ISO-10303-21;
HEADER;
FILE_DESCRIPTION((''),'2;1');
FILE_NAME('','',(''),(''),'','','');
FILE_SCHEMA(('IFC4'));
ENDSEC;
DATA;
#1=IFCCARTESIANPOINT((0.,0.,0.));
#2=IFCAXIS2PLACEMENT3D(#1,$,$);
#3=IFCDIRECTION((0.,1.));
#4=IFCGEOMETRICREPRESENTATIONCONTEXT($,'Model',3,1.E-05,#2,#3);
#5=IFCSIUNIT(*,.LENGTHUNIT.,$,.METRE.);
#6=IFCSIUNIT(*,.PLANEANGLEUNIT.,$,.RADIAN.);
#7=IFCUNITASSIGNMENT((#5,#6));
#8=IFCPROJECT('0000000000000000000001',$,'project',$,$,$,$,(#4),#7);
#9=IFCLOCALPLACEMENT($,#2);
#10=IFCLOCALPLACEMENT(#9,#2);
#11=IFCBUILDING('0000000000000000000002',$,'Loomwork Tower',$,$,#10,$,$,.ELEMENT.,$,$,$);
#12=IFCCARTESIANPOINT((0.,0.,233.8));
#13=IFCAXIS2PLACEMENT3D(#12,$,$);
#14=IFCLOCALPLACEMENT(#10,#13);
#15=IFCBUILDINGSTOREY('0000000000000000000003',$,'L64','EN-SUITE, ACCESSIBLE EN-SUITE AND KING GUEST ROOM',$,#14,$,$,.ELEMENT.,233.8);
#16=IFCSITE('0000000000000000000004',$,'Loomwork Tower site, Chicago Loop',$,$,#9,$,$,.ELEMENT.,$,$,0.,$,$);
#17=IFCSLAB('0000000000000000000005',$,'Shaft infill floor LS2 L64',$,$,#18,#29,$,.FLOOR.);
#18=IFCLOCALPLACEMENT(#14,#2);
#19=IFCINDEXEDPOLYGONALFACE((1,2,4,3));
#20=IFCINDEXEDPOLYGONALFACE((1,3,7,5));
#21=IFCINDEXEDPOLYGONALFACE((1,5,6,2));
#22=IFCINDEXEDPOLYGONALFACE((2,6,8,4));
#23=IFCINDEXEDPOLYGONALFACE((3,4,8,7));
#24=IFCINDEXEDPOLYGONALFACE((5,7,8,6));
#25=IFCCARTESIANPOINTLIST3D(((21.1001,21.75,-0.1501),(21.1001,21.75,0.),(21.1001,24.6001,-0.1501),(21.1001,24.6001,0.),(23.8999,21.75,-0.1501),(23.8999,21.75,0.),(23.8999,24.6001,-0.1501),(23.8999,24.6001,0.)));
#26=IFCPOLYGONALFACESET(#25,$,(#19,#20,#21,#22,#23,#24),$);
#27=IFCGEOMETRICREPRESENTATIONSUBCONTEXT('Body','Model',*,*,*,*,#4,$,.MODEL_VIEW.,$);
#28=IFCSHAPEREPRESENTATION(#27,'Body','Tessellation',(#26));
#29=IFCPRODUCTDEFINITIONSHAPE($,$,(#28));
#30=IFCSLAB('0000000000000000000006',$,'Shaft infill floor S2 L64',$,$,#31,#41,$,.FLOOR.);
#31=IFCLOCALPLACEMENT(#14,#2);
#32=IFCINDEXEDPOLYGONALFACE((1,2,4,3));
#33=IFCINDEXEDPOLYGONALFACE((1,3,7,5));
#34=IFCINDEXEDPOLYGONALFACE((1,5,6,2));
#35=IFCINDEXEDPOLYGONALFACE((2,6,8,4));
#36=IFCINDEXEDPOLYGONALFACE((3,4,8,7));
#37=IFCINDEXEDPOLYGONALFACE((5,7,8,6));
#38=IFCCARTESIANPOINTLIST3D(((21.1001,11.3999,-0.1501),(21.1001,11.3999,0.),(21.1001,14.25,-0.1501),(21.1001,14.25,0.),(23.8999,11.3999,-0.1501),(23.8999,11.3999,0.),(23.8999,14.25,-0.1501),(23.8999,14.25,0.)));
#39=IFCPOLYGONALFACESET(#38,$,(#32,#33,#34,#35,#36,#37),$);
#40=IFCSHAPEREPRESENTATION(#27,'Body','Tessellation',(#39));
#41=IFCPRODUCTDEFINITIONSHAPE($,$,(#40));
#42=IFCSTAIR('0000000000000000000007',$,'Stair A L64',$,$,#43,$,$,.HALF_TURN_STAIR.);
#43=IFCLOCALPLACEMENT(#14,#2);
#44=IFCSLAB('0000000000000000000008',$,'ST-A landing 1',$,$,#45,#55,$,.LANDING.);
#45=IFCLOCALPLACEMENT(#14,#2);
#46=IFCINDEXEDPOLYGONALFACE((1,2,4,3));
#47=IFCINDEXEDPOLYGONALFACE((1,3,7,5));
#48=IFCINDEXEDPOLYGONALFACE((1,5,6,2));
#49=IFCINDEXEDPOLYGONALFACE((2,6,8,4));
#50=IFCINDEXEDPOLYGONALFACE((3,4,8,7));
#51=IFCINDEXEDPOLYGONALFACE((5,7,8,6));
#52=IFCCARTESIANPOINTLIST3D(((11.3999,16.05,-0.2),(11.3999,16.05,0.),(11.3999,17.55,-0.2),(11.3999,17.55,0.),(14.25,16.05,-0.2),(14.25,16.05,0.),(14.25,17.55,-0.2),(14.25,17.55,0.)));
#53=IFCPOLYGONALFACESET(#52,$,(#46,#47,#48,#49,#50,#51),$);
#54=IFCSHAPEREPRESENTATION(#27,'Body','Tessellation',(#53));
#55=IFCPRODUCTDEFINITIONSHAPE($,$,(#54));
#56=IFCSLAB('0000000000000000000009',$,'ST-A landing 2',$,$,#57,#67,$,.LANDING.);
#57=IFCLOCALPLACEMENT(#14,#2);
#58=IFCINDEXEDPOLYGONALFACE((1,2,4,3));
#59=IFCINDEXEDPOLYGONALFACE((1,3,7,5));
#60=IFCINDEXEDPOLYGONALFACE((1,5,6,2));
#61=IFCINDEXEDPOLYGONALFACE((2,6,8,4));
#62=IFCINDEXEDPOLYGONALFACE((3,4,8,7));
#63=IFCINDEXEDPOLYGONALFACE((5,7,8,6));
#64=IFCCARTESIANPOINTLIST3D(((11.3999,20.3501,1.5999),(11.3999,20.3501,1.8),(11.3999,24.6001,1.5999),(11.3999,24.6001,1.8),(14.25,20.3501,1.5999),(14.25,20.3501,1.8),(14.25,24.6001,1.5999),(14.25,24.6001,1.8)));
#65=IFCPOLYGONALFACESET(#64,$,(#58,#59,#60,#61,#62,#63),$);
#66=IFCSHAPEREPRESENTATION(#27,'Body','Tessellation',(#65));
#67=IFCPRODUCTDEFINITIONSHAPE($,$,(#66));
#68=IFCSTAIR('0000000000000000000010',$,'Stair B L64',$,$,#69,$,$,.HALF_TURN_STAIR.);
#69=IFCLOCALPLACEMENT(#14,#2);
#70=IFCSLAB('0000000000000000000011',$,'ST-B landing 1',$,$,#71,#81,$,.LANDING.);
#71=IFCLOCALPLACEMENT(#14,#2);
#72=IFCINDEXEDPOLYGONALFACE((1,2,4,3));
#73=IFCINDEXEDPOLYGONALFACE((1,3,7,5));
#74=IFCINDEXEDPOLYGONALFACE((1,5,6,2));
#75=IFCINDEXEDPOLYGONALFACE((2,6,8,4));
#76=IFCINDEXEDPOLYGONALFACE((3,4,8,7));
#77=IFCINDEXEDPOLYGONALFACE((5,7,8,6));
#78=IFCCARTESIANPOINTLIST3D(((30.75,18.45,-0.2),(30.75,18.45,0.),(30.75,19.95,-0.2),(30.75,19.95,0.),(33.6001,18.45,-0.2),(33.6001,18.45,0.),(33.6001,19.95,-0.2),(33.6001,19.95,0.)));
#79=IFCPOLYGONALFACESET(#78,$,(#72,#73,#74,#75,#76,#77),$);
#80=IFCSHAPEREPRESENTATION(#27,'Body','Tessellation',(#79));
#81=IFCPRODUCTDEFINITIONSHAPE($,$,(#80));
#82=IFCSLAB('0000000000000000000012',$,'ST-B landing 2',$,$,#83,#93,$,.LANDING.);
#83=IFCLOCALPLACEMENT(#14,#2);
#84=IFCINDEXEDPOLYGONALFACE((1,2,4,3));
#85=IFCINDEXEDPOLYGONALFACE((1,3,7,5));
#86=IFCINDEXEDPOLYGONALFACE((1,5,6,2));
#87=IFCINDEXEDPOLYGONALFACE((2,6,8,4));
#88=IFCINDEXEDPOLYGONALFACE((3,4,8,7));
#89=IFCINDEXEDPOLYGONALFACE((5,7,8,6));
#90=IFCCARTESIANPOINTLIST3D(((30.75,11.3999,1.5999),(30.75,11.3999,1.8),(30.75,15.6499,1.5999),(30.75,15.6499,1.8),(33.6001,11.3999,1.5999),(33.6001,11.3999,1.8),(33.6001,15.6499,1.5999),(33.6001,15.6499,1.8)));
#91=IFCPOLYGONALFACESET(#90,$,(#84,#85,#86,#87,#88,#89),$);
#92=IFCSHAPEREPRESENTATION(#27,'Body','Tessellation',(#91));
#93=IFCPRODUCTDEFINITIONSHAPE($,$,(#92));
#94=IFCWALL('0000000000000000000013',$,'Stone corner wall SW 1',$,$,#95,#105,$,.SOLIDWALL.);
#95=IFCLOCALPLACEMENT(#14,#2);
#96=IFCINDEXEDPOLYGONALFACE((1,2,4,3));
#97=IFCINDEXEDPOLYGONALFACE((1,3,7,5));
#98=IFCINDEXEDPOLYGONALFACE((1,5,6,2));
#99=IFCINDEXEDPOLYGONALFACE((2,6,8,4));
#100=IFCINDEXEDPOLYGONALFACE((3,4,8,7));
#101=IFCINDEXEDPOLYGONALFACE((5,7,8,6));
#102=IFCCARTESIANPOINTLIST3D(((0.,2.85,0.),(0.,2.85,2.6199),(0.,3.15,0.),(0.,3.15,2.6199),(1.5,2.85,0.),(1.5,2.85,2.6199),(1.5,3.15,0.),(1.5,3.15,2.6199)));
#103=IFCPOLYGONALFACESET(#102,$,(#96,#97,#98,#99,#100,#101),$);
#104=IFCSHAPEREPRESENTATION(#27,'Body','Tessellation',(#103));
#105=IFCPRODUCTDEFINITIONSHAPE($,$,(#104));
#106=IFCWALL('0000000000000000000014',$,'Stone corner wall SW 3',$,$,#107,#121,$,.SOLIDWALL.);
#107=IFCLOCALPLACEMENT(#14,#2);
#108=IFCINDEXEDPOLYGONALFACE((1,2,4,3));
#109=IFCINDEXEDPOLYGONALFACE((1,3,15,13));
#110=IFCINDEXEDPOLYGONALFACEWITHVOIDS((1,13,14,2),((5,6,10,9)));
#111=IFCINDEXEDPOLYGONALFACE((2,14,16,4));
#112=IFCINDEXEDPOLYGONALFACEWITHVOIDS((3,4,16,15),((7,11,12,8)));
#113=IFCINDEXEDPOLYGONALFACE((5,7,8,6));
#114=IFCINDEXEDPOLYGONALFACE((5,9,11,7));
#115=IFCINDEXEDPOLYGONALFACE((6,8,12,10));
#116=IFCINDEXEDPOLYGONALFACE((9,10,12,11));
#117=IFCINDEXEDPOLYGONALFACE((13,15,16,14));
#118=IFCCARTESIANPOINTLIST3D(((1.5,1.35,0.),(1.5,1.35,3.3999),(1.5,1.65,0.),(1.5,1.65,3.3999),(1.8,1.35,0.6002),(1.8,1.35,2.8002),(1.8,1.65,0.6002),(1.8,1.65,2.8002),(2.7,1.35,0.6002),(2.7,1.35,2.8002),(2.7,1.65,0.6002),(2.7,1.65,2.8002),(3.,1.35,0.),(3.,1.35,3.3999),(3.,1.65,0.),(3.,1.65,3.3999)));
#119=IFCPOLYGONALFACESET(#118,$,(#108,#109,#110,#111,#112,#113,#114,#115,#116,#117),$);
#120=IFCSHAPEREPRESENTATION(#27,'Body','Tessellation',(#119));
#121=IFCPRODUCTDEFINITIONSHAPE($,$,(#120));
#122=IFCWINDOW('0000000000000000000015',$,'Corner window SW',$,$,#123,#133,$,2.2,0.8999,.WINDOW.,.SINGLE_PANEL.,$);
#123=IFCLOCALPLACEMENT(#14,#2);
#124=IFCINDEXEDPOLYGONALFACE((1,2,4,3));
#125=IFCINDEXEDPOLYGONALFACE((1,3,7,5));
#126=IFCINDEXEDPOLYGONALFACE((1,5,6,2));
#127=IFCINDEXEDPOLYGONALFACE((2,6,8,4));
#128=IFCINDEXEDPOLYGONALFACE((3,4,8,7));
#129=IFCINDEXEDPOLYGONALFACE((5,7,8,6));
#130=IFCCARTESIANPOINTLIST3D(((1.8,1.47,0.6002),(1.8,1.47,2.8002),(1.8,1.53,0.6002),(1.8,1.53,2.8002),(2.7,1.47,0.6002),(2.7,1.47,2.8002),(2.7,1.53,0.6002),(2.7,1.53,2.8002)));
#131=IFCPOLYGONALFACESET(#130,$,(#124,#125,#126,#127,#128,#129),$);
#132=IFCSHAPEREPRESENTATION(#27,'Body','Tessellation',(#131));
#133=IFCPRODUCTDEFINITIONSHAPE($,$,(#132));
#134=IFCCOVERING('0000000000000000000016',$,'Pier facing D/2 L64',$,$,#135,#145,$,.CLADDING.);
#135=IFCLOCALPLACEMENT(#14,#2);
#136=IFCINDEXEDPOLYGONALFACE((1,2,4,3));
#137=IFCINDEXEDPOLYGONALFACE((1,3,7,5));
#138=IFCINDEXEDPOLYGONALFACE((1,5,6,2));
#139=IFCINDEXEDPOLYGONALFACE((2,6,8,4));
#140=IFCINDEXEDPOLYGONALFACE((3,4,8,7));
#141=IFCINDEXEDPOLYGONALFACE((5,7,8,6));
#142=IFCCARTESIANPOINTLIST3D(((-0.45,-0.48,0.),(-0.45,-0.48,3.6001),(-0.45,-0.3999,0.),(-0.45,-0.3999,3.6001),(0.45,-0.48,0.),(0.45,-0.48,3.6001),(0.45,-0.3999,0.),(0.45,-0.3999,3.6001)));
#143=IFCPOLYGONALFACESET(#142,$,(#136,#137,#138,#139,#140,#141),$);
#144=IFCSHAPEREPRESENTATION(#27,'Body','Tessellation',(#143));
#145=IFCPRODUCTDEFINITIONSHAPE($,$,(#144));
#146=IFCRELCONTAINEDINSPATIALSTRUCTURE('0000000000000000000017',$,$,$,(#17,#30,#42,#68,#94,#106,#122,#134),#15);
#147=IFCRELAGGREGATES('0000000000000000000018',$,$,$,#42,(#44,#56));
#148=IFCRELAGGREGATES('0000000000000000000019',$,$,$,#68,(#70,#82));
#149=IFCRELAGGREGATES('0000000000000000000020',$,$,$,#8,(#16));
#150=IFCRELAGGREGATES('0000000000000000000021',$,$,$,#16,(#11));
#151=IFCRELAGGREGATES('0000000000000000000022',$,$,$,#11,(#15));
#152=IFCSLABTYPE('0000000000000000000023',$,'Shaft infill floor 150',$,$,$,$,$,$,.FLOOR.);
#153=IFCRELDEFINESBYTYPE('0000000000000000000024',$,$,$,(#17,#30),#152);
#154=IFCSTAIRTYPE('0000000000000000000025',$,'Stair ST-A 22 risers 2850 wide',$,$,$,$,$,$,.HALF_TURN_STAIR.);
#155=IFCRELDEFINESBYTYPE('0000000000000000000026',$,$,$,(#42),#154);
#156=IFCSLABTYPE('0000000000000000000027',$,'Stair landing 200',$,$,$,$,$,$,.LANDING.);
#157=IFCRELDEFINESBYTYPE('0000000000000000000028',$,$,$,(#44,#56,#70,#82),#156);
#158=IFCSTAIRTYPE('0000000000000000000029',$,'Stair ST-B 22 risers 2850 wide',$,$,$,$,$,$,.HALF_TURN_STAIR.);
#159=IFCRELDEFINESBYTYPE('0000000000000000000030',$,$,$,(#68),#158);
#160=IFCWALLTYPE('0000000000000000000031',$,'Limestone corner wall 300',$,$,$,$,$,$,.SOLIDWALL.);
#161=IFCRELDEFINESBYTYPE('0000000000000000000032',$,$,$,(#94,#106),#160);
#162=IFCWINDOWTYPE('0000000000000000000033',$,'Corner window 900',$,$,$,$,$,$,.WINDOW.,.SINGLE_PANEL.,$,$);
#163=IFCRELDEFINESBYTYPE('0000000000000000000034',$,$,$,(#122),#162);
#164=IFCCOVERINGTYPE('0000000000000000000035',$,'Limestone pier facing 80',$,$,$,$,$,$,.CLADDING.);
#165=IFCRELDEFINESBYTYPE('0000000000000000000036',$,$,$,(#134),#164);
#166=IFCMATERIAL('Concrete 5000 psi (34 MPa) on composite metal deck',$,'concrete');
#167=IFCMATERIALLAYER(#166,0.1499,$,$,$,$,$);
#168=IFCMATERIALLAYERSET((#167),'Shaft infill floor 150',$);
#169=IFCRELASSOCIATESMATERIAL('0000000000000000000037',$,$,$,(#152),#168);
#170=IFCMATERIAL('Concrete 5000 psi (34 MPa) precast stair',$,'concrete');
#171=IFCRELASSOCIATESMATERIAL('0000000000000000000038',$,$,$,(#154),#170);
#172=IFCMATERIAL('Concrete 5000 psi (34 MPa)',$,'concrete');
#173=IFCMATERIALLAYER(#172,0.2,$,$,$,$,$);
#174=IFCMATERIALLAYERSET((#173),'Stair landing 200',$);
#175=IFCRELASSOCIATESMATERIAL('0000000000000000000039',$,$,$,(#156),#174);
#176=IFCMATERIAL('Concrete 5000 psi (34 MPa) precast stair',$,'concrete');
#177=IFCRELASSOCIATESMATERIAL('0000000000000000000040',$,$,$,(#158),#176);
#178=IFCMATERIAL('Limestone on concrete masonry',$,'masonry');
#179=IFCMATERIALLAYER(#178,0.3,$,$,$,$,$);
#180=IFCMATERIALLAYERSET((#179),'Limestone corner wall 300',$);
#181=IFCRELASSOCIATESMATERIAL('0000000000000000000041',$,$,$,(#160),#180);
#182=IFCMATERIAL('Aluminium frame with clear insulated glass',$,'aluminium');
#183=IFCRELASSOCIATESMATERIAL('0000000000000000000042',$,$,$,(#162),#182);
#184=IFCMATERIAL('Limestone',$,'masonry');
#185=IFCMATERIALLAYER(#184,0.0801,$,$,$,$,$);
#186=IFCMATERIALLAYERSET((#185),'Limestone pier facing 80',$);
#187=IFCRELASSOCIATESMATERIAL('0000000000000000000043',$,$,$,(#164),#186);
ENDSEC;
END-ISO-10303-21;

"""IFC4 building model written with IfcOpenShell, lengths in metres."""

from ifc_helpers import new_model, si_unit, direction, frame, frame_2d, origin, origin_2d, place, context, subcontext, project, spatial, polyline, rectangle, outline, extrude, material, layer, layer_set, type_object, element, fill, aggregate, save


model = new_model("IFC4")

# Units and contexts
model_context = context("Model", 3, precision=1e-05, world=origin(), true_north=direction((0.0, 1.0)))
body_context = subcontext(model_context, "Body", "Model", "MODEL_VIEW")
ifc_project = project(units=[si_unit("LENGTHUNIT", "METRE"), si_unit("PLANEANGLEUNIT", "RADIAN")], contexts=[model_context])

# Site, building, storey
site_placement = place(None, origin())
site = spatial("IfcSite", under=ifc_project, at=site_placement, Name="Loomwork Tower site, Chicago Loop", CompositionType="ELEMENT", RefElevation=0.0)
building_placement = place(site_placement, origin())
building = spatial("IfcBuilding", under=site, at=building_placement, Name="Loomwork Tower", CompositionType="ELEMENT")
storey_placement = place(building_placement, frame((0.0, 0.0, 233.8)))
storey = spatial("IfcBuildingStorey", under=building, at=storey_placement, Name="L64", Description="EN-SUITE, ACCESSIBLE EN-SUITE AND KING GUEST ROOM", CompositionType="ELEMENT", Elevation=233.8)

# Slabs
ifc_material_1 = material(Name="Concrete 5000 psi (34 MPa) on composite metal deck", Category="concrete")
ifc_layer_1 = layer(ifc_material_1, 0.1499)
ifc_layer_set_1 = layer_set([ifc_layer_1], Name="Shaft infill floor 150")
slab_type_1 = type_object("IfcSlabType", Name="Shaft infill floor 150", PredefinedType="FLOOR", material=ifc_layer_set_1)
slab_1_placement = place(storey_placement, frame((0.0, 0.0, -0.1501)))
element("IfcSlab", 1, at=slab_1_placement, inside=storey, type_object=slab_type_1, Name="Shaft infill floor LS2 L64", PredefinedType="FLOOR", context=body_context, shape_type="SweptSolid", body=[
    extrude(outline(polyline([(21.1001, 21.75), (23.8999, 21.75), (23.8999, 24.6001), (21.1001, 24.6001), (21.1001, 21.75)])), origin(), (0.0, 0.0, 1.0), 0.1501),
])
slab_2_placement = place(storey_placement, frame((0.0, 0.0, -0.1501)))
element("IfcSlab", 2, at=slab_2_placement, inside=storey, type_object=slab_type_1, Name="Shaft infill floor S2 L64", PredefinedType="FLOOR", context=body_context, shape_type="SweptSolid", body=[
    extrude(outline(polyline([(21.1001, 11.3999), (23.8999, 11.3999), (23.8999, 14.25), (21.1001, 14.25), (21.1001, 11.3999)])), origin(), (0.0, 0.0, 1.0), 0.1501),
])

# Stairs, slabs
ifc_material_2 = material(Name="Concrete 5000 psi (34 MPa) precast stair", Category="concrete")
stair_type_1 = type_object("IfcStairType", Name="Stair ST-A 22 risers 2850 wide", PredefinedType="HALF_TURN_STAIR", material=ifc_material_2)
stair_1_placement = place(storey_placement, origin())
stair_1 = element("IfcStair", 3, at=stair_1_placement, inside=storey, type_object=stair_type_1, Name="Stair A L64", PredefinedType="HALF_TURN_STAIR")
ifc_material_3 = material(Name="Concrete 5000 psi (34 MPa)", Category="concrete")
ifc_layer_2 = layer(ifc_material_3, 0.2)
ifc_layer_set_2 = layer_set([ifc_layer_2], Name="Stair landing 200")
slab_type_2 = type_object("IfcSlabType", Name="Stair landing 200", PredefinedType="LANDING", material=ifc_layer_set_2)
slab_3_placement = place(storey_placement, frame((0.0, 0.0, -0.2)))
slab_3 = element("IfcSlab", 4, at=slab_3_placement, type_object=slab_type_2, Name="ST-A landing 1", PredefinedType="LANDING", context=body_context, shape_type="SweptSolid", body=[
    extrude(outline(polyline([(11.3999, 16.05), (14.25, 16.05), (14.25, 17.55), (11.3999, 17.55), (11.3999, 16.05)])), origin(), (0.0, 0.0, 1.0), 0.2),
])
slab_4_placement = place(storey_placement, frame((0.0, 0.0, 1.5999)))
slab_4 = element("IfcSlab", 5, at=slab_4_placement, type_object=slab_type_2, Name="ST-A landing 2", PredefinedType="LANDING", context=body_context, shape_type="SweptSolid", body=[
    extrude(outline(polyline([(11.3999, 20.3501), (14.25, 20.3501), (14.25, 24.6001), (11.3999, 24.6001), (11.3999, 20.3501)])), origin(), (0.0, 0.0, 1.0), 0.2002),
])
aggregate(stair_1, [slab_3, slab_4])
ifc_material_4 = material(Name="Concrete 5000 psi (34 MPa) precast stair", Category="concrete")
stair_type_2 = type_object("IfcStairType", Name="Stair ST-B 22 risers 2850 wide", PredefinedType="HALF_TURN_STAIR", material=ifc_material_4)
stair_2_placement = place(storey_placement, origin())
stair_2 = element("IfcStair", 6, at=stair_2_placement, inside=storey, type_object=stair_type_2, Name="Stair B L64", PredefinedType="HALF_TURN_STAIR")
slab_5_placement = place(storey_placement, frame((0.0, 0.0, -0.2)))
slab_5 = element("IfcSlab", 7, at=slab_5_placement, type_object=slab_type_2, Name="ST-B landing 1", PredefinedType="LANDING", context=body_context, shape_type="SweptSolid", body=[
    extrude(outline(polyline([(30.75, 18.45), (33.6001, 18.45), (33.6001, 19.95), (30.75, 19.95), (30.75, 18.45)])), origin(), (0.0, 0.0, 1.0), 0.2),
])
slab_6_placement = place(storey_placement, frame((0.0, 0.0, 1.5999)))
slab_6 = element("IfcSlab", 8, at=slab_6_placement, type_object=slab_type_2, Name="ST-B landing 2", PredefinedType="LANDING", context=body_context, shape_type="SweptSolid", body=[
    extrude(outline(polyline([(30.75, 11.3999), (33.6001, 11.3999), (33.6001, 15.6499), (30.75, 15.6499), (30.75, 11.3999)])), origin(), (0.0, 0.0, 1.0), 0.2002),
])
aggregate(stair_2, [slab_5, slab_6])

# Wall
ifc_material_5 = material(Name="Limestone on concrete masonry", Category="masonry")
ifc_layer_3 = layer(ifc_material_5, 0.3)
ifc_layer_set_3 = layer_set([ifc_layer_3], Name="Limestone corner wall 300")
wall_type = type_object("IfcWallType", Name="Limestone corner wall 300", PredefinedType="SOLIDWALL", material=ifc_layer_set_3)
wall_1_placement = place(storey_placement, frame((0.0, 3.0, 0.0), z_axis=(0.0, 0.0, 1.0), x_axis=(1.0, 0.0, 0.0)))
element("IfcWall", 9, at=wall_1_placement, inside=storey, type_object=wall_type, Name="Stone corner wall SW 1", PredefinedType="SOLIDWALL", context=body_context, shape_type="SweptSolid", body=[
    extrude(rectangle(XDim=1.5, YDim=0.3, at=frame_2d((0.75, 0.0))), origin(), (0.0, 0.0, 1.0), 2.6199),
])

# Wall, opening, window
wall_2_placement = place(storey_placement, frame((1.5, 1.5, 0.0), z_axis=(0.0, 0.0, 1.0), x_axis=(1.0, 0.0, 0.0)))
wall_2 = element("IfcWall", 10, at=wall_2_placement, inside=storey, type_object=wall_type, Name="Stone corner wall SW 3", PredefinedType="SOLIDWALL", context=body_context, shape_type="SweptSolid", body=[
    extrude(rectangle(XDim=1.5, YDim=0.3, at=frame_2d((0.75, 0.0))), origin(), (0.0, 0.0, 1.0), 3.3999),
])
opening_placement = place(wall_2_placement, frame((0.3, 0.0, 0.6001)))
opening = element("IfcOpeningElement", 11, at=opening_placement, cuts=wall_2, PredefinedType="OPENING", context=body_context, shape_type="SweptSolid", body=[
    extrude(rectangle(XDim=0.8999, YDim=2.2, at=frame_2d((0.45, 1.1001))), frame((0.0, 0.1599, 0.0), z_axis=(0.0, -1.0, 0.0), x_axis=(1.0, 0.0, 0.0)), (0.0, 0.0, 1.0), 0.3201),
])
ifc_material_6 = material(Name="Aluminium frame with clear insulated glass", Category="aluminium")
window_type = type_object("IfcWindowType", Name="Corner window 900", PartitioningType="SINGLE_PANEL", PredefinedType="WINDOW", material=ifc_material_6)
window_placement = place(opening_placement, origin())
window = element("IfcWindow", 12, at=window_placement, inside=storey, type_object=window_type, Name="Corner window SW", OverallHeight=2.2, OverallWidth=0.8999, PartitioningType="SINGLE_PANEL", PredefinedType="WINDOW", context=body_context, shape_type="SweptSolid", body=[
    extrude(rectangle(XDim=0.8999, YDim=2.2, at=frame_2d((0.45, 1.1001))), frame((0.0, 0.03, 0.0), z_axis=(0.0, -1.0, 0.0), x_axis=(1.0, 0.0, 0.0)), (0.0, 0.0, 1.0), 0.0601),
])
fill(opening, window)

# Covering
ifc_material_7 = material(Name="Limestone", Category="masonry")
ifc_layer_4 = layer(ifc_material_7, 0.0801)
ifc_layer_set_4 = layer_set([ifc_layer_4], Name="Limestone pier facing 80")
covering_type = type_object("IfcCoveringType", Name="Limestone pier facing 80", PredefinedType="CLADDING", material=ifc_layer_set_4)
covering_placement = place(storey_placement, frame((0.0, -0.4399, 0.0), z_axis=(0.0, 0.0, 1.0), x_axis=(1.0, 0.0, 0.0)))
element("IfcCovering", 13, at=covering_placement, inside=storey, type_object=covering_type, Name="Pier facing D/2 L64", PredefinedType="CLADDING", context=body_context, shape_type="SweptSolid", body=[
    extrude(rectangle(XDim=0.8999, YDim=0.0801, at=origin_2d()), origin(), (0.0, 0.0, 1.0), 3.6001),
])

save(model, "model.ifc")
